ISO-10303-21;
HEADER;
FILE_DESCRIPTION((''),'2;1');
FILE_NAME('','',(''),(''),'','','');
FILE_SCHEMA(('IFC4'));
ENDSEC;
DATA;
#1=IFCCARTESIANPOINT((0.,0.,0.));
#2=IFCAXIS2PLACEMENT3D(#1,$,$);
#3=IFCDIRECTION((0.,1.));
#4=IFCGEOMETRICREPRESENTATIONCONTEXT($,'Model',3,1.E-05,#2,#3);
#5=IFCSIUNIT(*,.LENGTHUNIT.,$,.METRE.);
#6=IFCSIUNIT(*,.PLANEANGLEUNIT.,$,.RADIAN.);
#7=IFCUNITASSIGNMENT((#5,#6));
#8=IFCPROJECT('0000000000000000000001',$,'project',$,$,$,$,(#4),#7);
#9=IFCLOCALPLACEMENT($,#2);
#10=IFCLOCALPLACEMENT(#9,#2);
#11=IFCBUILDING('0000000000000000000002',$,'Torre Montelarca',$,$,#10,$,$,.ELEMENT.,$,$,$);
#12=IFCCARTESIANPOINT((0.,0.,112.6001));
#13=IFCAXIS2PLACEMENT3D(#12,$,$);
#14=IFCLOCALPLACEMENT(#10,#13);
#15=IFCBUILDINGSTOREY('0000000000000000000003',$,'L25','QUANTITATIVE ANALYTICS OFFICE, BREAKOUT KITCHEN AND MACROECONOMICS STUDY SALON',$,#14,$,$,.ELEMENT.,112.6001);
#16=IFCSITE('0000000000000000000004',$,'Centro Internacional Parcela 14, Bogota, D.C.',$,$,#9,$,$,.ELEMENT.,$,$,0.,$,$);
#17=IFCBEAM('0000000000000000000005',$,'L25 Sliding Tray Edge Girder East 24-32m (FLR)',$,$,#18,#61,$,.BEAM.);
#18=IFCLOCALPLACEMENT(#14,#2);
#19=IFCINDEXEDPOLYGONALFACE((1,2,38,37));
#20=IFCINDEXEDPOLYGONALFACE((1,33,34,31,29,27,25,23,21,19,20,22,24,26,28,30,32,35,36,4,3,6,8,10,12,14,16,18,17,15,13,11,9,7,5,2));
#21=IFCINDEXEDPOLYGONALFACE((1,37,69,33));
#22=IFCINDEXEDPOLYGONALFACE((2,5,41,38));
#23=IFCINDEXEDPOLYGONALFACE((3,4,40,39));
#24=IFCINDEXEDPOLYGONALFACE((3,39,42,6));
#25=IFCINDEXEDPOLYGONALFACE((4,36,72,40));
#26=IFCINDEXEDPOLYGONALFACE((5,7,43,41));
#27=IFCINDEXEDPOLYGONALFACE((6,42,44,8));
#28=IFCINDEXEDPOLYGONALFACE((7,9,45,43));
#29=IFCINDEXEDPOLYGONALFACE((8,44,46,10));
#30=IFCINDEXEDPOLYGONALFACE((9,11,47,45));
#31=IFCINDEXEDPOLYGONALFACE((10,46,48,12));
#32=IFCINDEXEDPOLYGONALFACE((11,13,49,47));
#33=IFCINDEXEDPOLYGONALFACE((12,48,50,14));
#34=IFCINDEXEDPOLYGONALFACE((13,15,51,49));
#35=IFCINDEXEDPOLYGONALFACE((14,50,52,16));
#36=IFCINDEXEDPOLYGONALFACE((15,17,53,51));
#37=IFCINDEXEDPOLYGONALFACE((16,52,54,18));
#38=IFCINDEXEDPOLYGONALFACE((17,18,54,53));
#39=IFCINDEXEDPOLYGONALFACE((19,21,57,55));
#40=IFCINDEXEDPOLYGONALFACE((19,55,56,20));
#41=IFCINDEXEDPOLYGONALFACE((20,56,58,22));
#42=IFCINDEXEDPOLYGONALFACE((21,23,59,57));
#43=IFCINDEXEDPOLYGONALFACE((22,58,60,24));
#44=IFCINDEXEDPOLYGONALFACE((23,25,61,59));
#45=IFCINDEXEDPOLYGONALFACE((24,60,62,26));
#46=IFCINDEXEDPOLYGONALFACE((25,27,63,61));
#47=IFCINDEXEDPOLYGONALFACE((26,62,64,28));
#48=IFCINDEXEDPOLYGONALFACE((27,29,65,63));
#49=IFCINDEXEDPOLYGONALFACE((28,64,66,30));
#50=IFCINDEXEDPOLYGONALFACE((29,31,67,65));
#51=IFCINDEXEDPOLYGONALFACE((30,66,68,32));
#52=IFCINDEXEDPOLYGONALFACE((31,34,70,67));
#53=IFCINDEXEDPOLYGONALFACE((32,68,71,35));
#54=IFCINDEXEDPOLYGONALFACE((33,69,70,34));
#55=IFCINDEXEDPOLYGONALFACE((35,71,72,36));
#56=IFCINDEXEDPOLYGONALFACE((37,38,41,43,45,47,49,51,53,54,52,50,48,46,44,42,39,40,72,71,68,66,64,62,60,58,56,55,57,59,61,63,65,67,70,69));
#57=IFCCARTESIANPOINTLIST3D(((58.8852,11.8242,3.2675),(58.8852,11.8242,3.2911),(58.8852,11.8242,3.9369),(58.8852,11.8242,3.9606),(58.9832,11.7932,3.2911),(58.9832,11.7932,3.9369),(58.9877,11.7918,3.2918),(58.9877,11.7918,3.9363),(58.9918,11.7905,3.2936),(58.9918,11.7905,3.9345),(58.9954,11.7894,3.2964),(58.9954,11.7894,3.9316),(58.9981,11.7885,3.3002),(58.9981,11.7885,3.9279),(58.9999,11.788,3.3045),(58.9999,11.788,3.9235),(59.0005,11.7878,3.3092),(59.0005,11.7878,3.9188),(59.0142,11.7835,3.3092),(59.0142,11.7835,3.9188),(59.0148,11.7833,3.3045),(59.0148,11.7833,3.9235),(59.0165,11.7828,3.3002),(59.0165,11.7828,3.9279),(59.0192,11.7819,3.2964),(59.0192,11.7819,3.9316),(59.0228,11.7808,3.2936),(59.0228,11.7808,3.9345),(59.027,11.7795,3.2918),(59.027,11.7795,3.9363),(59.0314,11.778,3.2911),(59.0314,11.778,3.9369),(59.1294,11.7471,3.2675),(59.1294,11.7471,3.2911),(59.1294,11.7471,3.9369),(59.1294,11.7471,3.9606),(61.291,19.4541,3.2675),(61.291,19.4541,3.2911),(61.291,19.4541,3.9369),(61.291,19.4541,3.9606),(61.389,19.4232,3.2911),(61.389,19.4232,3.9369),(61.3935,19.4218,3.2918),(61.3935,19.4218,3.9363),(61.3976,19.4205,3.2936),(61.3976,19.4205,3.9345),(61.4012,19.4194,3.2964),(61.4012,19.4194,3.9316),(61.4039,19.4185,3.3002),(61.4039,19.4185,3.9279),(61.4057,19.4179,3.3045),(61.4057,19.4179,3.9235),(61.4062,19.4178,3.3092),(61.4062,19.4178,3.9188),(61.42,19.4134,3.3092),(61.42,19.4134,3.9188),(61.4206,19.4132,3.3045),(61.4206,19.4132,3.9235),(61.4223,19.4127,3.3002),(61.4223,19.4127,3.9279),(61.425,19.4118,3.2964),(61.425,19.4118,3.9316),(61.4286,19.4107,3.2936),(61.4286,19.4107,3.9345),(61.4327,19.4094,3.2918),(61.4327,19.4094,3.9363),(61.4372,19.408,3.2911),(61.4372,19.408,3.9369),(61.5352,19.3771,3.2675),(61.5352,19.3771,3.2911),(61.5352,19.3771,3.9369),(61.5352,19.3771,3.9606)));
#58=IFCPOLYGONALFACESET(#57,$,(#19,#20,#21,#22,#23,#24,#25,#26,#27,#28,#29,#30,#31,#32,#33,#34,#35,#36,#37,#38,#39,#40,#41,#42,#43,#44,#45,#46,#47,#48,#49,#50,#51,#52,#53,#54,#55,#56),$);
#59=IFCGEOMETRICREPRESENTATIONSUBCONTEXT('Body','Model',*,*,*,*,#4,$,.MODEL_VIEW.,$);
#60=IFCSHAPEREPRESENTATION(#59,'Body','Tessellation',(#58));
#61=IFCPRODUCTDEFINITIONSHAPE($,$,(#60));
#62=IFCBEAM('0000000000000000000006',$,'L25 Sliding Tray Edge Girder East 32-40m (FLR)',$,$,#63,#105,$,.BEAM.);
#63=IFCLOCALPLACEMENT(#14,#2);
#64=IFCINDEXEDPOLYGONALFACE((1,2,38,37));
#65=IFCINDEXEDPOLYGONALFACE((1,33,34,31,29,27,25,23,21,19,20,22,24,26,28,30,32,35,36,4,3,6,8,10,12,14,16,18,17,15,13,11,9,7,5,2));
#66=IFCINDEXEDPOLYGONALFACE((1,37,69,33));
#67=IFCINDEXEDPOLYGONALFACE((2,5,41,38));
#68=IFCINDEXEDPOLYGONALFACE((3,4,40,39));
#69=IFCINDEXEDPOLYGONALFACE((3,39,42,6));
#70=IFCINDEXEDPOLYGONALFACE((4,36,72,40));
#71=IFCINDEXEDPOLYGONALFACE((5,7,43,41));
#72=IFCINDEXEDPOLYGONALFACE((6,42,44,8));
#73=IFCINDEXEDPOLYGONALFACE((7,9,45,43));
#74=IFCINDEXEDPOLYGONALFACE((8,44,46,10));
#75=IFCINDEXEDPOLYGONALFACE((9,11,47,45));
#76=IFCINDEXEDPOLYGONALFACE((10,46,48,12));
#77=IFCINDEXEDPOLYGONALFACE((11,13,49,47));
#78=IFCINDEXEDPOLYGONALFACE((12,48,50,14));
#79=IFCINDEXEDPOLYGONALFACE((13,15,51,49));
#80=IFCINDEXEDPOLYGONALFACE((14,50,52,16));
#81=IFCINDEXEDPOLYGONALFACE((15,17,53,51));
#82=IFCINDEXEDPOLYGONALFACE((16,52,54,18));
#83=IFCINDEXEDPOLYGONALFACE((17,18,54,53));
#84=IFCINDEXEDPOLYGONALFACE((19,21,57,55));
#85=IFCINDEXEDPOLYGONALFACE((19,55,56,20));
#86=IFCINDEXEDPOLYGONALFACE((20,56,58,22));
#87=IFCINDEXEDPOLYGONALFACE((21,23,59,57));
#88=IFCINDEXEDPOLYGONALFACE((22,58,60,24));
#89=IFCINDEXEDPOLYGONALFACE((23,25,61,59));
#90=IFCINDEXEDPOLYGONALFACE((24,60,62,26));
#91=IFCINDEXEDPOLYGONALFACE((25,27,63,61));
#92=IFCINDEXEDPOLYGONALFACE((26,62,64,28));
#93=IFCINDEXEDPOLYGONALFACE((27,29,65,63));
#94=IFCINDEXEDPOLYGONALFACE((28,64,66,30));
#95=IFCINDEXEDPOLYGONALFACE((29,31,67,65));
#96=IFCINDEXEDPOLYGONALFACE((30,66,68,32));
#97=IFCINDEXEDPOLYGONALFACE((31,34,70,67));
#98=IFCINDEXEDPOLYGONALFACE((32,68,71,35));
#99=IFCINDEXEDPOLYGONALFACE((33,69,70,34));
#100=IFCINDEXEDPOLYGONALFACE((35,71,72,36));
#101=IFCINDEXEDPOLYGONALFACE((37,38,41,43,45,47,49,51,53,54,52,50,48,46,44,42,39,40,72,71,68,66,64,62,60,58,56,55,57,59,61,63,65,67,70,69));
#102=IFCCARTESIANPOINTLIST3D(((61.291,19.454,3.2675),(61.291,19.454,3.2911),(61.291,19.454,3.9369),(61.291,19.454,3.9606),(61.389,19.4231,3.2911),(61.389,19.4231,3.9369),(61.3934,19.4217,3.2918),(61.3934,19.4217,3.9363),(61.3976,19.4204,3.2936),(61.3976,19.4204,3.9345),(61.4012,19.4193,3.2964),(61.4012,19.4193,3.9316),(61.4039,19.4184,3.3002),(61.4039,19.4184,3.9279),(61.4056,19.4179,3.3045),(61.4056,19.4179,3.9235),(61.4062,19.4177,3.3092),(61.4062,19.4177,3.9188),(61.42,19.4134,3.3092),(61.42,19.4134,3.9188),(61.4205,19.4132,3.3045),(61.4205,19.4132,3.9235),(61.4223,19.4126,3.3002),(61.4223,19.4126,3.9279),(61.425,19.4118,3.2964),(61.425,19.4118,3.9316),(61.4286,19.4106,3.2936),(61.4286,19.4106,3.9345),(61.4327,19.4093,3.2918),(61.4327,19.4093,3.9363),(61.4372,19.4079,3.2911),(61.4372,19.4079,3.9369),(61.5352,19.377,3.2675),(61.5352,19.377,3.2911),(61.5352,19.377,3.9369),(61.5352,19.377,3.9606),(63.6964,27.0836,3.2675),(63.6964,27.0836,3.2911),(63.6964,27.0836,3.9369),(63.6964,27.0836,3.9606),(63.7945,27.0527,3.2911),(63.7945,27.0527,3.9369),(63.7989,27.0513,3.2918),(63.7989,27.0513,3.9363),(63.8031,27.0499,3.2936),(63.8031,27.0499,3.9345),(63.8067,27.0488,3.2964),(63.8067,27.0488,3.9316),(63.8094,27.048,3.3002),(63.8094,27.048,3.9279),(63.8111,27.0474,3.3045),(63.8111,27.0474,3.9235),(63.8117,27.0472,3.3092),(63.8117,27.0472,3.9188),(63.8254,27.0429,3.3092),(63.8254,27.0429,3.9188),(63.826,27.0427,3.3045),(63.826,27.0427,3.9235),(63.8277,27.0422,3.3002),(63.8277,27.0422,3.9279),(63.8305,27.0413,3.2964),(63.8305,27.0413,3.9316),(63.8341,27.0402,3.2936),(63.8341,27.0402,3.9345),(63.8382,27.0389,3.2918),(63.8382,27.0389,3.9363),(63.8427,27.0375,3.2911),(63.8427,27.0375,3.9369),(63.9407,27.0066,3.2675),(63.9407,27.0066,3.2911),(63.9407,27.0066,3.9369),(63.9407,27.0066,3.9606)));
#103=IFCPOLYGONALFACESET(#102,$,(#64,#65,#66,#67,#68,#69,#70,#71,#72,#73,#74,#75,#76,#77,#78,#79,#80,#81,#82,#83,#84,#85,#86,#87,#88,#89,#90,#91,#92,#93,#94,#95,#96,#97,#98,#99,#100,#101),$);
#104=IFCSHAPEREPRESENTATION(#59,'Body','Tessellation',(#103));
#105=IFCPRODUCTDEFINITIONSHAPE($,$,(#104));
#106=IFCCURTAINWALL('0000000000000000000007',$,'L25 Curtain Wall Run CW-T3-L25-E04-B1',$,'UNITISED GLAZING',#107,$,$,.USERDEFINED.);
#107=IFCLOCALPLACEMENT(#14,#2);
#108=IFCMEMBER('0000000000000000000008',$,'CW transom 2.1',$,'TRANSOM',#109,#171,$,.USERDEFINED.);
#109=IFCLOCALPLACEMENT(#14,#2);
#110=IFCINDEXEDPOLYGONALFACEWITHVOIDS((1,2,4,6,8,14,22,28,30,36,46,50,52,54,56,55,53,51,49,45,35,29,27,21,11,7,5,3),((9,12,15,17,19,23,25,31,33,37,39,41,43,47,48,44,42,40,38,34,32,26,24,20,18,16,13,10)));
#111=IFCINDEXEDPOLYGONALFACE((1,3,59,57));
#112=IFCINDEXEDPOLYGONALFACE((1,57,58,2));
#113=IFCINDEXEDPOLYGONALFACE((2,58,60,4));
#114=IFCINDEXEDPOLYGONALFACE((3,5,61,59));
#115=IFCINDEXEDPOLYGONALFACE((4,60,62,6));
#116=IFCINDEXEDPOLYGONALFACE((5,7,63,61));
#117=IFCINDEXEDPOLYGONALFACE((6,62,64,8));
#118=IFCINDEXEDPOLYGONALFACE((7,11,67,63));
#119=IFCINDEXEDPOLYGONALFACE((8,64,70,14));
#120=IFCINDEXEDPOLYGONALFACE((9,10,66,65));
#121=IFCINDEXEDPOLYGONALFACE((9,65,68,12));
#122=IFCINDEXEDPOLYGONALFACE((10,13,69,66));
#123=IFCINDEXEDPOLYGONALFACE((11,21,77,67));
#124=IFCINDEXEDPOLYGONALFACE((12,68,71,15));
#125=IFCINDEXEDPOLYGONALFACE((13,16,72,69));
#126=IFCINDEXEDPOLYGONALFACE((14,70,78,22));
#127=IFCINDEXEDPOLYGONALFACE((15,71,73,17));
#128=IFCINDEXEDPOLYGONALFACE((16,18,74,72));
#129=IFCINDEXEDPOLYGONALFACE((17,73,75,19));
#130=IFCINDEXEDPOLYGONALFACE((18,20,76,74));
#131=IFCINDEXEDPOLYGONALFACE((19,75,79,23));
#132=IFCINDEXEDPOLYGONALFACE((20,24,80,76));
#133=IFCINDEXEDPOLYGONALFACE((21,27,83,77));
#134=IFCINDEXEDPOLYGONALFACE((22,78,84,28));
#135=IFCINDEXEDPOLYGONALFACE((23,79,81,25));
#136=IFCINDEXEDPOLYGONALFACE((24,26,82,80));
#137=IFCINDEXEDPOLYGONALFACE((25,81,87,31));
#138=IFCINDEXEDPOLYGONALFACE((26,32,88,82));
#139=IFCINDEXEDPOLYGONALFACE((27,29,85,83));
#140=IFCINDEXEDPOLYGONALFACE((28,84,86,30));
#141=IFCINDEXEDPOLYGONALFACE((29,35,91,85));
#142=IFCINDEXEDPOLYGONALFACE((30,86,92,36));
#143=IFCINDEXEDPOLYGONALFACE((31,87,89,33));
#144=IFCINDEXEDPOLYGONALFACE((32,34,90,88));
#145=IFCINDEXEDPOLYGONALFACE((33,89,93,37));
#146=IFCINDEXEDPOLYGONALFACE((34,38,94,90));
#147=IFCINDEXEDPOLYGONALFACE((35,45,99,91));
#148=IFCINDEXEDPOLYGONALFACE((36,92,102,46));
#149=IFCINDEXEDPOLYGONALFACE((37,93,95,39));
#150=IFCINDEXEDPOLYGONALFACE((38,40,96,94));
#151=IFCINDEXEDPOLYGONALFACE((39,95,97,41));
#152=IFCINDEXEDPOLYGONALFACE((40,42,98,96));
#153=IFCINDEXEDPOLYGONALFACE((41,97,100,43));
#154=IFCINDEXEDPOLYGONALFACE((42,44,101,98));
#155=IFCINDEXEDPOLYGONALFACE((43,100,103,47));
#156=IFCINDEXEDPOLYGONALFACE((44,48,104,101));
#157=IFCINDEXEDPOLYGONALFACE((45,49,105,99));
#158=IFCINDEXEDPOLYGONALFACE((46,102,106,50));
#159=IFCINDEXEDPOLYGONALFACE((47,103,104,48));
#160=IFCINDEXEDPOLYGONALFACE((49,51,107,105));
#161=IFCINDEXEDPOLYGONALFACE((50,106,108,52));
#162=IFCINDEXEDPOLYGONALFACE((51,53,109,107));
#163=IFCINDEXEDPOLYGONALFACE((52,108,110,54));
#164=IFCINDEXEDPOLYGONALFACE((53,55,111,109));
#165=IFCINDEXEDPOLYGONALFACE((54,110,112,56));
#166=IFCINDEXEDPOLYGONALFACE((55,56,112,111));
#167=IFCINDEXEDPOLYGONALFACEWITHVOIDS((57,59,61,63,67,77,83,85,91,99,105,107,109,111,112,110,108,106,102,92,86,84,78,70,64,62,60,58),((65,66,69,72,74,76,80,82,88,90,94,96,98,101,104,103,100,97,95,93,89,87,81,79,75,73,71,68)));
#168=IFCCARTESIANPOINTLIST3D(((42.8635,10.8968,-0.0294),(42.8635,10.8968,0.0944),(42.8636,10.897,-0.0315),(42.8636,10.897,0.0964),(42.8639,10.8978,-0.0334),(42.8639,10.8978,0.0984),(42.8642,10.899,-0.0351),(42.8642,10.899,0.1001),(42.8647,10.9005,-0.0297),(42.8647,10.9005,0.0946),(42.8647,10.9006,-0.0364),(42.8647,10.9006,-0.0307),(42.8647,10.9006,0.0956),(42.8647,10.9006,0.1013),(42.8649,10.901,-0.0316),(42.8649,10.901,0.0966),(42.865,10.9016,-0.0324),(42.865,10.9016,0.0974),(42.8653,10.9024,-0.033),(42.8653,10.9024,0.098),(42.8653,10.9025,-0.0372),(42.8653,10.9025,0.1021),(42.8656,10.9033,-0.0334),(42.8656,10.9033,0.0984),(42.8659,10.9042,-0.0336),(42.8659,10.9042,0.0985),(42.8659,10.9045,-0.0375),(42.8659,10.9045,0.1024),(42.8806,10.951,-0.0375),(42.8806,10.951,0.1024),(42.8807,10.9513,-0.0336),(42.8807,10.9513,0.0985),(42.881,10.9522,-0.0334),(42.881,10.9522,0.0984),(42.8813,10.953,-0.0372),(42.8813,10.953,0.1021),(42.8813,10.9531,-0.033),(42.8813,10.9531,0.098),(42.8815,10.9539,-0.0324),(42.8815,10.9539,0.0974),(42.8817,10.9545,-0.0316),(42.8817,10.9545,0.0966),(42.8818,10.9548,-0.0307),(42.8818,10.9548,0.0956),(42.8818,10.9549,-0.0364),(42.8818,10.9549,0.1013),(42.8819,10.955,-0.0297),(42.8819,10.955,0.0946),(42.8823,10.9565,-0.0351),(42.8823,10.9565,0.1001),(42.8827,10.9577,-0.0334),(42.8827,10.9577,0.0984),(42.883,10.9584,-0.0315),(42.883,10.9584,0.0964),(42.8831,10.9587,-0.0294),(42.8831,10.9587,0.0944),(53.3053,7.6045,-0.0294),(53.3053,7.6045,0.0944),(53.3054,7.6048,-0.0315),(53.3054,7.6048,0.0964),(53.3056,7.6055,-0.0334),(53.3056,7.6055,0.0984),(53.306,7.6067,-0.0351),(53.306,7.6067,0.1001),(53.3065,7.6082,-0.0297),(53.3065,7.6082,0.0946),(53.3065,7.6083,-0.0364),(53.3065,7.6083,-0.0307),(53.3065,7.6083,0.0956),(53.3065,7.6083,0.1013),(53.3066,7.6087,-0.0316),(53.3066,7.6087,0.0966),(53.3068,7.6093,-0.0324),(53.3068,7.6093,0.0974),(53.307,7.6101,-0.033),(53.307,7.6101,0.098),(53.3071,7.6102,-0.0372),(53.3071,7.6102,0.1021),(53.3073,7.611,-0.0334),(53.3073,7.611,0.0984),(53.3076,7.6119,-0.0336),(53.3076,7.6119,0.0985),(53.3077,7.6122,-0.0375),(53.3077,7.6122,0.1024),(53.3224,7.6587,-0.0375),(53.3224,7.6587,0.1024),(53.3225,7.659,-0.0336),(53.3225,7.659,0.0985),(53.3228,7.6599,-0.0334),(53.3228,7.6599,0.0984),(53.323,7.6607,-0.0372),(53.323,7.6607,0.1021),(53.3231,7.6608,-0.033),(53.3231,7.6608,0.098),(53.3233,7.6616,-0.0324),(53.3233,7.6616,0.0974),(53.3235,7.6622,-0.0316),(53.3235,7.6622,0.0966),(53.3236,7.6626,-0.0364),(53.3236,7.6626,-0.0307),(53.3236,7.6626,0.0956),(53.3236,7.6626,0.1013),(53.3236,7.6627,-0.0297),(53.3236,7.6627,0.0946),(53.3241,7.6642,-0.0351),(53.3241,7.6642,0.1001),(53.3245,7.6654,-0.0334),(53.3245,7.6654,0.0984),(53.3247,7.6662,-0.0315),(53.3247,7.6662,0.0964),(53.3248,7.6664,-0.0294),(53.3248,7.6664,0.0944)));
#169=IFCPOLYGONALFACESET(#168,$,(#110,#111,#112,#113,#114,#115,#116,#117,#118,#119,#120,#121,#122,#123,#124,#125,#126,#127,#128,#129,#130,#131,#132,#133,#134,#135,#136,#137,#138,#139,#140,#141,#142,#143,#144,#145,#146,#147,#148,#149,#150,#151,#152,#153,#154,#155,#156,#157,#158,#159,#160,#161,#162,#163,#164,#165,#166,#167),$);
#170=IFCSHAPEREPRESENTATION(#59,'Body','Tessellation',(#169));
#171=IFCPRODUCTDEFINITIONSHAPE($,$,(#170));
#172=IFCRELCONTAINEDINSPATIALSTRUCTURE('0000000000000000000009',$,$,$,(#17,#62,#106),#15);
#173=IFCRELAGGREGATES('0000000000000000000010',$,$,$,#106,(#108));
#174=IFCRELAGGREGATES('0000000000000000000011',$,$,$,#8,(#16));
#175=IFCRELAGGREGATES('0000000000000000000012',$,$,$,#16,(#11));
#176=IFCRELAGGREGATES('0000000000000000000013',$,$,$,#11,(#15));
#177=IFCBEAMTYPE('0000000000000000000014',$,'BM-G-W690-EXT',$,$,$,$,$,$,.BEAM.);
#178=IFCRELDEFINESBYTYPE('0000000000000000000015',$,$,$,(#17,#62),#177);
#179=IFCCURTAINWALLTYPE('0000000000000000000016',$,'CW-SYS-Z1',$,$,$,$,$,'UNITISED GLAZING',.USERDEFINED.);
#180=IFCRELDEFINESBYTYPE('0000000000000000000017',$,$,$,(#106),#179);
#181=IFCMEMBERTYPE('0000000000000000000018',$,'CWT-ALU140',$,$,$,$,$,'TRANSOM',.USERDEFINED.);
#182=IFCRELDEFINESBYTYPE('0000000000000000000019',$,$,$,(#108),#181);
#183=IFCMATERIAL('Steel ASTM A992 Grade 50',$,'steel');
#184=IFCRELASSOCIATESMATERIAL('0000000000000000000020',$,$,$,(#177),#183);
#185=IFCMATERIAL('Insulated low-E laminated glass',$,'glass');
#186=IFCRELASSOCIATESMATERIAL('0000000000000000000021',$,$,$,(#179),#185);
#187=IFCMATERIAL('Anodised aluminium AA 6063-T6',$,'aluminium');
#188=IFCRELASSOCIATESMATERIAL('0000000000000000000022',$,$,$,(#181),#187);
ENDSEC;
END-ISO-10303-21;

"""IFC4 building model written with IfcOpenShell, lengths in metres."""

from ifc_helpers import new_model, si_unit, direction, frame, origin, origin_2d, place, context, subcontext, project, spatial, hollow_rectangle, i_section, extrude, source, transform, mapped, material, material_profile, profile_set, type_object, element, aggregate, save


model = new_model("IFC4")

# Units and contexts
model_context = context("Model", 3, precision=1e-05, world=origin(), true_north=direction((0.0, 1.0)))
body_context = subcontext(model_context, "Body", "Model", "MODEL_VIEW")
ifc_project = project(units=[si_unit("LENGTHUNIT", "METRE"), si_unit("PLANEANGLEUNIT", "RADIAN")], contexts=[model_context])

# Site, building, storey
site_placement = place(None, origin())
site = spatial("IfcSite", under=ifc_project, at=site_placement, Name="Centro Internacional Parcela 14, Bogota, D.C.", CompositionType="ELEMENT", RefElevation=0.0)
building_placement = place(site_placement, origin())
building = spatial("IfcBuilding", under=site, at=building_placement, Name="Torre Montelarca", CompositionType="ELEMENT")
storey_placement = place(building_placement, frame((0.0, 0.0, 112.6001)))
storey = spatial("IfcBuildingStorey", under=building, at=storey_placement, Name="L25", Description="QUANTITATIVE ANALYTICS OFFICE, BREAKOUT KITCHEN AND MACROECONOMICS STUDY SALON", CompositionType="ELEMENT", Elevation=112.6001)

# Beams
ifc_material_1 = material(Name="Steel ASTM A992 Grade 50", Category="steel")
ifc_material_profile_1 = material_profile(ifc_material_1, i_section(OverallWidth=0.2561, OverallDepth=0.6931, WebThickness=0.0144, FlangeThickness=0.0237, FilletRadius=0.0181, at=origin_2d()), Name="W690X170", Category="steel")
ifc_profile_set_1 = profile_set([ifc_material_profile_1], Name="Steel ASTM A992 Grade 50")
beam_type_1 = type_object("IfcBeamType", Name="BM-G-W690-EXT", PredefinedType="BEAM", material=ifc_profile_set_1)
shared_shape_1 = source(origin(), body_context, "Body", "SweptSolid", [
    extrude(i_section(OverallWidth=0.2561, OverallDepth=0.6931, WebThickness=0.0144, FlangeThickness=0.0237, FilletRadius=0.0181, at=origin_2d()), origin(), (0.0, 0.0, 1.0), 8.0002),
])
beam_1_placement = place(storey_placement, frame((59.0073, 11.7856, 3.614), z_axis=(0.300714, 0.953714, 0.0), x_axis=(-0.953714, 0.300714, 0.0)))
element("IfcBeam", 1, at=beam_1_placement, inside=storey, type_object=beam_type_1, Name="L25 Sliding Tray Edge Girder East 24-32m (FLR)", PredefinedType="BEAM", context=body_context, shape_type="MappedRepresentation", body=[
    mapped(shared_shape_1, transform((0.0, 0.0, 0.0), scale=1.0)),
])
shared_shape_2 = source(origin(), body_context, "Body", "SweptSolid", [
    extrude(i_section(OverallWidth=0.2561, OverallDepth=0.6931, WebThickness=0.0144, FlangeThickness=0.0237, FilletRadius=0.0181, at=origin_2d()), origin(), (0.0, 0.0, 1.0), 7.9998),
])
beam_2_placement = place(storey_placement, frame((61.4131, 19.4155, 3.614), z_axis=(0.300695, 0.95372, 0.0), x_axis=(-0.95372, 0.300695, 0.0)))
element("IfcBeam", 2, at=beam_2_placement, inside=storey, type_object=beam_type_1, Name="L25 Sliding Tray Edge Girder East 32-40m (FLR)", PredefinedType="BEAM", context=body_context, shape_type="MappedRepresentation", body=[
    mapped(shared_shape_2, transform((0.0, 0.0, 0.0), scale=1.0)),
])

# Curtain wall, member
ifc_material_2 = material(Name="Insulated low-E laminated glass", Category="glass")
curtain_wall_type = type_object("IfcCurtainWallType", Name="CW-SYS-Z1", ElementType="UNITISED GLAZING", PredefinedType="USERDEFINED", material=ifc_material_2)
curtain_wall_1_placement = place(storey_placement, origin())
curtain_wall_1 = element("IfcCurtainWall", 3, at=curtain_wall_1_placement, inside=storey, type_object=curtain_wall_type, Name="L25 Curtain Wall Run CW-T3-L25-E04-B1", ObjectType="UNITISED GLAZING", PredefinedType="USERDEFINED")
ifc_material_3 = material(Name="Anodised aluminium AA 6063-T6", Category="aluminium")
ifc_material_profile_2 = material_profile(ifc_material_3, hollow_rectangle(XDim=0.0649, YDim=0.1399, WallThickness=0.0039, InnerFilletRadius=0.0039, OuterFilletRadius=0.0081, at=origin_2d()), Name="ALU65X140X4", Category="aluminium")
ifc_profile_set_2 = profile_set([ifc_material_profile_2], Name="Anodised aluminium AA 6063-T6")
member_type_1 = type_object("IfcMemberType", Name="CWT-ALU140", ElementType="TRANSOM", PredefinedType="USERDEFINED", material=ifc_profile_set_2)
shared_shape_3 = source(origin(), body_context, "Body", "SweptSolid", [
    extrude(hollow_rectangle(XDim=0.0649, YDim=0.1399, WallThickness=0.0039, InnerFilletRadius=0.0039, OuterFilletRadius=0.0081, at=origin_2d()), origin(), (0.0, 0.0, 1.0), 10.9485),
])
member_1_placement = place(storey_placement, frame((42.8733, 10.9277, 0.0325), z_axis=(0.953717, -0.300706, 0.0), x_axis=(0.300706, 0.953717, 0.0)))
member_1 = element("IfcMember", 4, at=member_1_placement, type_object=member_type_1, Name="CW transom 2.1", ObjectType="TRANSOM", PredefinedType="USERDEFINED", context=body_context, shape_type="MappedRepresentation", body=[
    mapped(shared_shape_3, transform((0.0, 0.0, 0.0), scale=1.0)),
])

aggregate(curtain_wall_1, [member_1])

save(model, "model.ifc")
